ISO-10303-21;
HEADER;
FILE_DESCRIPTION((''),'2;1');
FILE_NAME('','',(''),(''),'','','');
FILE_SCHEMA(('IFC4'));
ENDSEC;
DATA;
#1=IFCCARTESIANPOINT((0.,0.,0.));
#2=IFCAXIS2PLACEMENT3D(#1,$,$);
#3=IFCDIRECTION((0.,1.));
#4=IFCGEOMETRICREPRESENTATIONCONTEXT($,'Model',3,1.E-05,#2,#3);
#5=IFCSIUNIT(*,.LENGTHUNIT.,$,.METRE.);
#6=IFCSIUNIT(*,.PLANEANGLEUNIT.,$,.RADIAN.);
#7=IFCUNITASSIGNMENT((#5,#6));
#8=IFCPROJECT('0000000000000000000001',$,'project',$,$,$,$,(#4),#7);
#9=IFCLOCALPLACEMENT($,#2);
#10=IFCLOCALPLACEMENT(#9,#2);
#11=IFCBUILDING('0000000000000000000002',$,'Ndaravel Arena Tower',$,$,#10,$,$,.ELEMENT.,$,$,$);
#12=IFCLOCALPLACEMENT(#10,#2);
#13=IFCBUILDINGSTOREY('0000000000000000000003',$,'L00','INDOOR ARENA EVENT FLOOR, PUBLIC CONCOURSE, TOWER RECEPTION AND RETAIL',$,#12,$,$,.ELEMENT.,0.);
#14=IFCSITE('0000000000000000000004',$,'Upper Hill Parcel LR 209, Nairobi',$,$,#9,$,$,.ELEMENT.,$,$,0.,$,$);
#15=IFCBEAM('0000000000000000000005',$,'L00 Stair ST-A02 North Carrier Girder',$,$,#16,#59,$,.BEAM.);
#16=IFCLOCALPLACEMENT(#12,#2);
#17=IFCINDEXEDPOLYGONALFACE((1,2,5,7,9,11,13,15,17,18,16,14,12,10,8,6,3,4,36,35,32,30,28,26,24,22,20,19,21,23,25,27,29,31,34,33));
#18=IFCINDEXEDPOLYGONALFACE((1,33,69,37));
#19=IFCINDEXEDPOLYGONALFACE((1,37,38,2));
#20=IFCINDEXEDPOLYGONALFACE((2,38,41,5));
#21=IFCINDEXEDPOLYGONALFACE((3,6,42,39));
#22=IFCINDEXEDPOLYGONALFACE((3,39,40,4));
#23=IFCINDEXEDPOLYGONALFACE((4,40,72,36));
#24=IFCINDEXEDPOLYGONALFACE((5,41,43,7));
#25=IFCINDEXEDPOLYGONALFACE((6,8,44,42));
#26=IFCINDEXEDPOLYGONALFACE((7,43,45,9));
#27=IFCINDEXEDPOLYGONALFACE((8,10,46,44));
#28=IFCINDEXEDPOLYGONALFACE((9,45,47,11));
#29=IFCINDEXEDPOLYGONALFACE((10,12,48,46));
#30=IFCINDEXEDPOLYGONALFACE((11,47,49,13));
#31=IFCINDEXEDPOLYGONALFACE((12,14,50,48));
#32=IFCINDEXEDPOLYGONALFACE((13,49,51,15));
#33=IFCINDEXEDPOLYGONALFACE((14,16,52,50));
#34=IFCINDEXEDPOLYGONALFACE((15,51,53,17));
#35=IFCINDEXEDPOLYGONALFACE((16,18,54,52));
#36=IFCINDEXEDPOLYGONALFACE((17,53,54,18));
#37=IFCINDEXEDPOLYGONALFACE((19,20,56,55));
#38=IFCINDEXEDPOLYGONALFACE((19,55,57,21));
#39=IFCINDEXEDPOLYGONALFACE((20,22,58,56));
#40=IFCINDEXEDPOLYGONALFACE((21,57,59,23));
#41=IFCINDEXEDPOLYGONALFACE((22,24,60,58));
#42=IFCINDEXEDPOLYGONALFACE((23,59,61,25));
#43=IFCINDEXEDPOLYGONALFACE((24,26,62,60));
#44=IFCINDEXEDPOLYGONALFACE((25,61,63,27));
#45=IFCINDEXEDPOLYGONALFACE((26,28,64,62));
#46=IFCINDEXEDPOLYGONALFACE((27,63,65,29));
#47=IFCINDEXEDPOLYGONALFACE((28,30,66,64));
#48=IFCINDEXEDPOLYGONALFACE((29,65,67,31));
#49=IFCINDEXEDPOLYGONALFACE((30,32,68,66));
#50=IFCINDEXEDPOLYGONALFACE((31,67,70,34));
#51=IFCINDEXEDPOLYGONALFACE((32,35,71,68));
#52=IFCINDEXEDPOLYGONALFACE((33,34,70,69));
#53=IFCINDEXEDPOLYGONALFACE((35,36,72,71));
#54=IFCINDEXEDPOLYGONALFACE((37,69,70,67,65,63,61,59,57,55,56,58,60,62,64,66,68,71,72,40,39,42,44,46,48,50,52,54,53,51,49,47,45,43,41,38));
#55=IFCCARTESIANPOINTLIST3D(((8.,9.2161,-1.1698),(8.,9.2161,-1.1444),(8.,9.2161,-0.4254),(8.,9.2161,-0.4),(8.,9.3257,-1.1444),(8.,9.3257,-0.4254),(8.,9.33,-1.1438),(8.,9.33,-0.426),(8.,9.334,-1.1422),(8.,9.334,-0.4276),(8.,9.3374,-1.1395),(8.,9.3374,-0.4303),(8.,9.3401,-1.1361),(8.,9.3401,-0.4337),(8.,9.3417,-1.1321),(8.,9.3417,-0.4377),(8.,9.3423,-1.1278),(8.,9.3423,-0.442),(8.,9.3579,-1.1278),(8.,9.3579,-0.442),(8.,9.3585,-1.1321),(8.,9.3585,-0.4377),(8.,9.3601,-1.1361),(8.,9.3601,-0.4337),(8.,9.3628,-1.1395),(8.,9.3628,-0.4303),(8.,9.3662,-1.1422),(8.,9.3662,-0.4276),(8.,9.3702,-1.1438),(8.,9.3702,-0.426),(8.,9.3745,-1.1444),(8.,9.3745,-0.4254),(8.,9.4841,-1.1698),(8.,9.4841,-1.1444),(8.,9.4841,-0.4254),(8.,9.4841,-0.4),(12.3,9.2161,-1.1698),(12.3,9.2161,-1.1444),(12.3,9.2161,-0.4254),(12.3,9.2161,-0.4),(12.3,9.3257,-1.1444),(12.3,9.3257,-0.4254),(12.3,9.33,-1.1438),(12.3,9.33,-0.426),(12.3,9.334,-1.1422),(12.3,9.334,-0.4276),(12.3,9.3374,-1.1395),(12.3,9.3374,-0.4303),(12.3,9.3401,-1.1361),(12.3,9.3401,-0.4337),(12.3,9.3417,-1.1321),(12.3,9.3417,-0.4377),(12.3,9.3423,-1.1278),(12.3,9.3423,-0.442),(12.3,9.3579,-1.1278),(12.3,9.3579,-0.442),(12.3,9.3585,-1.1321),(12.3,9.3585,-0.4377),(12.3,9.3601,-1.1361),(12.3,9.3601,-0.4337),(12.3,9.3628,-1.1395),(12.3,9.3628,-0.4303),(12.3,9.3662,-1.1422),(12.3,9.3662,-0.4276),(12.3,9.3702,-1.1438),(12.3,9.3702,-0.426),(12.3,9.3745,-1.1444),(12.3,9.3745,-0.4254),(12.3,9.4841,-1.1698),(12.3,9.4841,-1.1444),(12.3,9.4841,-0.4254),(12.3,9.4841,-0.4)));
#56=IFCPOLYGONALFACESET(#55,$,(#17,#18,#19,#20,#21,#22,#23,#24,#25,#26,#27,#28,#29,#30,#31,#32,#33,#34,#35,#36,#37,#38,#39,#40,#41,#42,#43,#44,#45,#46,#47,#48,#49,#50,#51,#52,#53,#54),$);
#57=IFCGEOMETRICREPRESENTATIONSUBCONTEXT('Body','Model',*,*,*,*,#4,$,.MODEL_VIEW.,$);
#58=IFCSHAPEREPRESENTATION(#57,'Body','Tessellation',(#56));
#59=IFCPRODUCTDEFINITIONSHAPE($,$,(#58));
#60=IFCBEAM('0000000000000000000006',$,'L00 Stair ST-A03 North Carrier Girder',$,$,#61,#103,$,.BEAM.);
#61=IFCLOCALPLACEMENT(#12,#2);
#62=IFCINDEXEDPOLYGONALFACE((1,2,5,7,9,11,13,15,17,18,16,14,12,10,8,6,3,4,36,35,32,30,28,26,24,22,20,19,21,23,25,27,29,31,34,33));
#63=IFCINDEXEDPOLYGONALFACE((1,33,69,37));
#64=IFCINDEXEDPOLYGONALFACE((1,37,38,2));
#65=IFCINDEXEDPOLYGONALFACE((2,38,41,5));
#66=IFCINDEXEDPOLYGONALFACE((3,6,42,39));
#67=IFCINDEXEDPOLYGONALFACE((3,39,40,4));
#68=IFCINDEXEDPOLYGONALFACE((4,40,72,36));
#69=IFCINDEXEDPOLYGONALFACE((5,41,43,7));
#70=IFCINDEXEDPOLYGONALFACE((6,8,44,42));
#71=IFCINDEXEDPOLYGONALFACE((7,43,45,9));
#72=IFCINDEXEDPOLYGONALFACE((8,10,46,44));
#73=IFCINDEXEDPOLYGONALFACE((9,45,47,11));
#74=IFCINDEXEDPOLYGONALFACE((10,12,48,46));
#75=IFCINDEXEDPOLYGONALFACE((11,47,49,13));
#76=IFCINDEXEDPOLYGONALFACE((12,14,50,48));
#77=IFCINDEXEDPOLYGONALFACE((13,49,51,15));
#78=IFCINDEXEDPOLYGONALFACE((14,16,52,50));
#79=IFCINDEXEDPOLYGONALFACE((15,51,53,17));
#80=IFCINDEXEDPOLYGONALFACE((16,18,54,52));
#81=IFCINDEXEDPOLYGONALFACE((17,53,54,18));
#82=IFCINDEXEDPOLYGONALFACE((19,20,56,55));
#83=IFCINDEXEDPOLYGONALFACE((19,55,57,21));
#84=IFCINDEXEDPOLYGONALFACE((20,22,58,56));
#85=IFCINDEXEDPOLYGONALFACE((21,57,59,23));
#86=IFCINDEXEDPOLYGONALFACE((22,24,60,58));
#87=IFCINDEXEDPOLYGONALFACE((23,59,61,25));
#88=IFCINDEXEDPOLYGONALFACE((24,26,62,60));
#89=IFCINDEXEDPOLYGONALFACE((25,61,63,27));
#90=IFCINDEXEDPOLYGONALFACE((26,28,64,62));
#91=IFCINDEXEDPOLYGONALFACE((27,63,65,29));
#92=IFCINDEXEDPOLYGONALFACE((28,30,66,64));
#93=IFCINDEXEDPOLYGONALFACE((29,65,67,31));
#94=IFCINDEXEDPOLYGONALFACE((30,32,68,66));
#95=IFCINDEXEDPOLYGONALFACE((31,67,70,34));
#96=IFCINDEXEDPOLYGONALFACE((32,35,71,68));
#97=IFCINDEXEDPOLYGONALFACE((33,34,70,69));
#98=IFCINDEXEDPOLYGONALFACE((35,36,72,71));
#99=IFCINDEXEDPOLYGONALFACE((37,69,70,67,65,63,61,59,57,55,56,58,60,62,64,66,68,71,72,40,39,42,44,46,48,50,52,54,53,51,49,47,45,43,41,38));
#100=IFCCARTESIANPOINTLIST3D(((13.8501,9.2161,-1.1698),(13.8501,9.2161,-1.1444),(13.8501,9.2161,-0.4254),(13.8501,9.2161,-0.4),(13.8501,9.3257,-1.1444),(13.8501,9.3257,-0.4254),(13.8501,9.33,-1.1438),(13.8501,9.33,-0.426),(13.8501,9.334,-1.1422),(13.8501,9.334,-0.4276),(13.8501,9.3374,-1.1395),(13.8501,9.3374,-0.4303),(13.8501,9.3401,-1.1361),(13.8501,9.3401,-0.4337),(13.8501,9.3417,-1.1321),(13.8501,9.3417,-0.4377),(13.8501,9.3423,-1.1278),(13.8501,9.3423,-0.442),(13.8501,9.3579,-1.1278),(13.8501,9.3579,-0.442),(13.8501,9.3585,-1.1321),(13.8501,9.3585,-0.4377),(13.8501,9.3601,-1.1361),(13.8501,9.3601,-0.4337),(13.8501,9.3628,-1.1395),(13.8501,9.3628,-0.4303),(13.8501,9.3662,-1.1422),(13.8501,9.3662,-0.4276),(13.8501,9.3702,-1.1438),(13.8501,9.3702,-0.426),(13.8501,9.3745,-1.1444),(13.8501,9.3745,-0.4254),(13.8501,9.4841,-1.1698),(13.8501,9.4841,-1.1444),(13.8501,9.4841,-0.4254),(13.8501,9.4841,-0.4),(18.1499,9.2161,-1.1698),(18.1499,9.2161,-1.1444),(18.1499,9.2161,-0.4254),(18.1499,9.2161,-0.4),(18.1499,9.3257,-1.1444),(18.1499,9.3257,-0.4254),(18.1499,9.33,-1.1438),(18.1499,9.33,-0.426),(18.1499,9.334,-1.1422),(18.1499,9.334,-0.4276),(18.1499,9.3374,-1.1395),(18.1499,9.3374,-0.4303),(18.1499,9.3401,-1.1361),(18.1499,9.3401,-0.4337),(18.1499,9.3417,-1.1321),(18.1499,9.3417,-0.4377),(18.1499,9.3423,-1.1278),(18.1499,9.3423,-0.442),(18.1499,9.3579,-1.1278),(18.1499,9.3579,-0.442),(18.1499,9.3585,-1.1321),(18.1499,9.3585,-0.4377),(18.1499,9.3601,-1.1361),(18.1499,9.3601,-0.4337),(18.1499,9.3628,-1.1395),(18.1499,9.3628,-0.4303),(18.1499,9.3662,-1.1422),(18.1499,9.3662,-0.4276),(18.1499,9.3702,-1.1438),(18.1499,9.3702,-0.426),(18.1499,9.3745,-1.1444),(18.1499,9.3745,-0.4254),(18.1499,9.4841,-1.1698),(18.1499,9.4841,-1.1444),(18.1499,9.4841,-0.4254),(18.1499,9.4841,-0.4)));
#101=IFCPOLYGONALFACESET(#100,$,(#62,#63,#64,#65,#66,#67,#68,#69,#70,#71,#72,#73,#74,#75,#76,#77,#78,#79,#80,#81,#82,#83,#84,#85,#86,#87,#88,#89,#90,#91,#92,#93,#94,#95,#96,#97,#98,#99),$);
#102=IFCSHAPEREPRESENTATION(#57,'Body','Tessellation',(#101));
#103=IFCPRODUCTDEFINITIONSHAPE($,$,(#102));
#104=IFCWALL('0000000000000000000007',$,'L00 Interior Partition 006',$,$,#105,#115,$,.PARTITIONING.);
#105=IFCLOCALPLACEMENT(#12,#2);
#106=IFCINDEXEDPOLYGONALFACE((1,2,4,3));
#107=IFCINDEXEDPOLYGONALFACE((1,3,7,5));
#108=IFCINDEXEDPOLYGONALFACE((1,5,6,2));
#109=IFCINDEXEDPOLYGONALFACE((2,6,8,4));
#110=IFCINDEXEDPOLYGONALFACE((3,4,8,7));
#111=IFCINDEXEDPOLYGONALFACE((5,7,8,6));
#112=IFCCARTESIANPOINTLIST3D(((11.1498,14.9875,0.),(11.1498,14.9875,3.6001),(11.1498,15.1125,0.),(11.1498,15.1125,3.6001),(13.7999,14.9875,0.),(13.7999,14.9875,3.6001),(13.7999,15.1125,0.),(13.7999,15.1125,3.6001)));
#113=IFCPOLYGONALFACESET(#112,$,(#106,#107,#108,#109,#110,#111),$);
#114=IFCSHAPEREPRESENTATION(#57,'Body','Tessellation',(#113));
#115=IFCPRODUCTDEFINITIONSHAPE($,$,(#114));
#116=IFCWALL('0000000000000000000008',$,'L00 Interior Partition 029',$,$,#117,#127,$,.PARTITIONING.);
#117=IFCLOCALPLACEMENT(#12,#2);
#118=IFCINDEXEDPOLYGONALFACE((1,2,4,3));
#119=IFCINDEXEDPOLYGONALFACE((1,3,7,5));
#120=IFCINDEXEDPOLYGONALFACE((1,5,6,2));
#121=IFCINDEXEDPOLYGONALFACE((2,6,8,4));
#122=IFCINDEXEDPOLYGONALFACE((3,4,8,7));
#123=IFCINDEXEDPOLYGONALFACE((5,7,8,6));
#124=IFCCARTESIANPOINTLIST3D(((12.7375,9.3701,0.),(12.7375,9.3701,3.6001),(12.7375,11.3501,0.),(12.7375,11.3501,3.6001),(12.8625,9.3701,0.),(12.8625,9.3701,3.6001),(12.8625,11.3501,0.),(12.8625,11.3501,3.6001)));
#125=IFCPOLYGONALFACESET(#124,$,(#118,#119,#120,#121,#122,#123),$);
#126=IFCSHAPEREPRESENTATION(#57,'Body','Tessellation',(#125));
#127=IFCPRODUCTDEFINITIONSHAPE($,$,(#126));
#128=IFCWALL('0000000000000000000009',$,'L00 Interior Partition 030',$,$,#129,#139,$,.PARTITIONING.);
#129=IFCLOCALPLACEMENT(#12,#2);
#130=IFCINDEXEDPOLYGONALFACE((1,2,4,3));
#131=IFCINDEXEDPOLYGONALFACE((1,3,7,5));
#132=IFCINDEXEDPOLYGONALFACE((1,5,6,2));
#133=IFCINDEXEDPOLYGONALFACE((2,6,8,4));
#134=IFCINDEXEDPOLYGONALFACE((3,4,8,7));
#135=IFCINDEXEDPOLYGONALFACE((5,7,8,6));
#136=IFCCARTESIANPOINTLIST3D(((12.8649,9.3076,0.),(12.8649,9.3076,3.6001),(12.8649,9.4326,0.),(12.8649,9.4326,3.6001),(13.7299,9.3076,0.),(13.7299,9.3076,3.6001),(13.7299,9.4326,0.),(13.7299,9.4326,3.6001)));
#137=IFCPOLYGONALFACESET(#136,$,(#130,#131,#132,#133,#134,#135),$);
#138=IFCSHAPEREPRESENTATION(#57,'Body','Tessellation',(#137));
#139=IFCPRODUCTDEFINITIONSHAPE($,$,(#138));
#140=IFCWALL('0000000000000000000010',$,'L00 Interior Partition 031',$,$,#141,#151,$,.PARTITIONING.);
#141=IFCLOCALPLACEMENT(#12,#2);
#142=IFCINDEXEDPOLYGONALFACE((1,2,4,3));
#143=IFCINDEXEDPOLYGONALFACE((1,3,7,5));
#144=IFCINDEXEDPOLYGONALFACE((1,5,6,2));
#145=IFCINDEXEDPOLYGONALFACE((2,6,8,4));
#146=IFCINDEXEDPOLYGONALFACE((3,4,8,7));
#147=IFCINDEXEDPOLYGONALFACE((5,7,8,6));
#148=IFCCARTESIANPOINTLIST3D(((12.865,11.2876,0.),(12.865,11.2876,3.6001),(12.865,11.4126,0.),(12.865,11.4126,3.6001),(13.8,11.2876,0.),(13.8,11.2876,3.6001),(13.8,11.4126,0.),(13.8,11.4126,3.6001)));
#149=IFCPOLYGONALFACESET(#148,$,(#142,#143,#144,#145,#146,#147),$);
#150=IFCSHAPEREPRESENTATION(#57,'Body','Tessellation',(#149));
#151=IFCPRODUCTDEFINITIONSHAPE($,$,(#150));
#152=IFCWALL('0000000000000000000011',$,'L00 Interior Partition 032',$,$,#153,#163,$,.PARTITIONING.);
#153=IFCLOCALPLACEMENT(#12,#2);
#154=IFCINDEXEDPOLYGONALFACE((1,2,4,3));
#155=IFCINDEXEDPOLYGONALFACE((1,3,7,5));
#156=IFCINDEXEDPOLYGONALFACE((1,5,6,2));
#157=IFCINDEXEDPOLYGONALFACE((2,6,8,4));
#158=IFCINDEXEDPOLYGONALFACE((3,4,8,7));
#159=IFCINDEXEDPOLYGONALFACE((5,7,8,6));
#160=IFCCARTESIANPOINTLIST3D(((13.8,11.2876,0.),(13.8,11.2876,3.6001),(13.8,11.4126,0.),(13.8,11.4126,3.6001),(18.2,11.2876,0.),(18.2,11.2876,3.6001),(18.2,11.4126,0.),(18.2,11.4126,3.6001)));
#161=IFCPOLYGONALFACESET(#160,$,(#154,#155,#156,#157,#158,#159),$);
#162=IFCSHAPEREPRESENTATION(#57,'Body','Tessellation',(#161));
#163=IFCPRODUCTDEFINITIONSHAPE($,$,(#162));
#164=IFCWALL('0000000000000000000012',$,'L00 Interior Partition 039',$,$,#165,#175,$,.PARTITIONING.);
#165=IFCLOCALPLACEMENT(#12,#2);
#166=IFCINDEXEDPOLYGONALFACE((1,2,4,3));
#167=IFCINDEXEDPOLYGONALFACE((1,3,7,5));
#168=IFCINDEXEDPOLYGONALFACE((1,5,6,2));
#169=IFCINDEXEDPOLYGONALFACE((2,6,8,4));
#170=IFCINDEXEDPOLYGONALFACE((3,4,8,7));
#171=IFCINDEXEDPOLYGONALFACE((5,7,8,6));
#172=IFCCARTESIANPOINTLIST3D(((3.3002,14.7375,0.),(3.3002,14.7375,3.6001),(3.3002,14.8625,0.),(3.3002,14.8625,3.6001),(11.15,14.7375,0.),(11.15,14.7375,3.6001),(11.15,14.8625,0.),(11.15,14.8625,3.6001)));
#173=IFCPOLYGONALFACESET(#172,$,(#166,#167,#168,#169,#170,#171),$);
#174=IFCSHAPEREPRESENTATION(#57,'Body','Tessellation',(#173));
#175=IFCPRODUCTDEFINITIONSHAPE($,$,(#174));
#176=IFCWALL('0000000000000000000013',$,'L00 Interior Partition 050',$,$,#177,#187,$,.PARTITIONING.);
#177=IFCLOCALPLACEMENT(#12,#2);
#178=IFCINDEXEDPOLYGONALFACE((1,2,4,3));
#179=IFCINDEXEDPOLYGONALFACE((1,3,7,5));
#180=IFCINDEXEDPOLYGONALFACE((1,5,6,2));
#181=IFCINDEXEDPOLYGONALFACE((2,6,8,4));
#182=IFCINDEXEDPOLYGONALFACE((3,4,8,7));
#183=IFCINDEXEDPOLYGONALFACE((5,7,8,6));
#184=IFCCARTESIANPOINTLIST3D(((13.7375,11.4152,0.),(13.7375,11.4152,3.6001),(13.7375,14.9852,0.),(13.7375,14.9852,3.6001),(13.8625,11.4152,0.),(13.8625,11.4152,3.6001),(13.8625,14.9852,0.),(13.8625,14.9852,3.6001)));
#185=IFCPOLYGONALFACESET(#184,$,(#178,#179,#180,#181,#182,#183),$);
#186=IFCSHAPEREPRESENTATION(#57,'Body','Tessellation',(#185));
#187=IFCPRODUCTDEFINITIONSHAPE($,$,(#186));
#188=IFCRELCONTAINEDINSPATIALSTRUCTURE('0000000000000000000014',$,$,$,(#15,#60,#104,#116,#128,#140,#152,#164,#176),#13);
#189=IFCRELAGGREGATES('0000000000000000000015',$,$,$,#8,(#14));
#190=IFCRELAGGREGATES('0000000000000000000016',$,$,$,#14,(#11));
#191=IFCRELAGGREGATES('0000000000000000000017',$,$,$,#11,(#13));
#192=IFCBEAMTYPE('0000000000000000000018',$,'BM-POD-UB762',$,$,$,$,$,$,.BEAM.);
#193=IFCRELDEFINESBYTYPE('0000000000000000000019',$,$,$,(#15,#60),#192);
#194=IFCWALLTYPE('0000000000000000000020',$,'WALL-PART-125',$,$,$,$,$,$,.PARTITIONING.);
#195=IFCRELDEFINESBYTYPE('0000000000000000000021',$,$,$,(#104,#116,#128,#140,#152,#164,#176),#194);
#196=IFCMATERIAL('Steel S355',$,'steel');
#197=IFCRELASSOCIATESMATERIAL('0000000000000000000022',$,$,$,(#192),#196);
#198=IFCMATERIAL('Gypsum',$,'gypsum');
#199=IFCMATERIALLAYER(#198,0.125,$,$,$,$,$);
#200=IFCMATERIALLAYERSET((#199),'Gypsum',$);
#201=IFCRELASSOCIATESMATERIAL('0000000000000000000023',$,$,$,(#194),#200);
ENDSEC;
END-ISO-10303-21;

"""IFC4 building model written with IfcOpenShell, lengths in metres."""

from ifc_helpers import new_model, si_unit, direction, frame, frame_2d, origin, origin_2d, place, context, subcontext, project, spatial, rectangle, i_section, extrude, material, layer, layer_set, material_profile, profile_set, type_object, element, save


model = new_model("IFC4")

# Units and contexts
model_context = context("Model", 3, precision=1e-05, world=origin(), true_north=direction((0.0, 1.0)))
body_context = subcontext(model_context, "Body", "Model", "MODEL_VIEW")
ifc_project = project(units=[si_unit("LENGTHUNIT", "METRE"), si_unit("PLANEANGLEUNIT", "RADIAN")], contexts=[model_context])

# Site, building, storey
site_placement = place(None, origin())
site = spatial("IfcSite", under=ifc_project, at=site_placement, Name="Upper Hill Parcel LR 209, Nairobi", CompositionType="ELEMENT", RefElevation=0.0)
building_placement = place(site_placement, origin())
building = spatial("IfcBuilding", under=site, at=building_placement, Name="Ndaravel Arena Tower", CompositionType="ELEMENT")
storey_placement = place(building_placement, origin())
storey = spatial("IfcBuildingStorey", under=building, at=storey_placement, Name="L00", Description="INDOOR ARENA EVENT FLOOR, PUBLIC CONCOURSE, TOWER RECEPTION AND RETAIL", CompositionType="ELEMENT", Elevation=0.0)

# Beams
ifc_material_1 = material(Name="Steel S355", Category="steel")
ifc_material_profile = material_profile(ifc_material_1, i_section(OverallWidth=0.2681, OverallDepth=0.7698, WebThickness=0.0156, FlangeThickness=0.0254, FilletRadius=0.0166, at=origin_2d()), Name="UB 762x267x197")
ifc_profile_set = profile_set([ifc_material_profile], Name="Steel S355")
beam_type = type_object("IfcBeamType", Name="BM-POD-UB762", PredefinedType="BEAM", material=ifc_profile_set)
beam_1_placement = place(storey_placement, frame((8.0, 9.3501, -0.7849), z_axis=(1.0, 0.0, 0.0), x_axis=(0.0, 1.0, 0.0)))
element("IfcBeam", 1, at=beam_1_placement, inside=storey, type_object=beam_type, Name="L00 Stair ST-A02 North Carrier Girder", PredefinedType="BEAM", context=body_context, shape_type="SweptSolid", body=[
    extrude(i_section(OverallWidth=0.2681, OverallDepth=0.7698, WebThickness=0.0156, FlangeThickness=0.0254, FilletRadius=0.0166, at=origin_2d()), origin(), (0.0, 0.0, 1.0), 4.3),
])
beam_2_placement = place(storey_placement, frame((13.8501, 9.3501, -0.7849), z_axis=(1.0, 0.0, 0.0), x_axis=(0.0, 1.0, 0.0)))
element("IfcBeam", 2, at=beam_2_placement, inside=storey, type_object=beam_type, Name="L00 Stair ST-A03 North Carrier Girder", PredefinedType="BEAM", context=body_context, shape_type="SweptSolid", body=[
    extrude(i_section(OverallWidth=0.2681, OverallDepth=0.7698, WebThickness=0.0156, FlangeThickness=0.0254, FilletRadius=0.0166, at=origin_2d()), origin(), (0.0, 0.0, 1.0), 4.2998),
])

# Walls
ifc_material_2 = material(Name="Gypsum", Category="gypsum")
ifc_layer_1 = layer(ifc_material_2, 0.125)
ifc_layer_set_1 = layer_set([ifc_layer_1], Name="Gypsum")
wall_type_1 = type_object("IfcWallType", Name="WALL-PART-125", PredefinedType="PARTITIONING", material=ifc_layer_set_1)
wall_1_placement = place(storey_placement, frame((13.8, 15.05, 0.0), z_axis=(0.0, 0.0, 1.0), x_axis=(-1.0, 0.0, 0.0)))
element("IfcWall", 3, at=wall_1_placement, inside=storey, type_object=wall_type_1, Name="L00 Interior Partition 006", PredefinedType="PARTITIONING", context=body_context, shape_type="SweptSolid", body=[
    extrude(rectangle(XDim=2.6501, YDim=0.125, at=frame_2d((1.3252, 0.0))), origin(), (0.0, 0.0, 1.0), 3.6001),
])
wall_2_placement = place(storey_placement, frame((12.8, 11.3501, 0.0), z_axis=(0.0, 0.0, 1.0), x_axis=(0.0, -1.0, 0.0)))
element("IfcWall", 4, at=wall_2_placement, inside=storey, type_object=wall_type_1, Name="L00 Interior Partition 029", PredefinedType="PARTITIONING", context=body_context, shape_type="SweptSolid", body=[
    extrude(rectangle(XDim=1.98, YDim=0.125, at=frame_2d((0.99, 0.0))), origin(), (0.0, 0.0, 1.0), 3.6001),
])
wall_3_placement = place(storey_placement, frame((13.73, 9.3701, 0.0), z_axis=(0.0, 0.0, 1.0), x_axis=(-1.0, 0.0, 0.0)))
element("IfcWall", 5, at=wall_3_placement, inside=storey, type_object=wall_type_1, Name="L00 Interior Partition 030", PredefinedType="PARTITIONING", context=body_context, shape_type="SweptSolid", body=[
    extrude(rectangle(XDim=0.865, YDim=0.125, at=frame_2d((0.4326, 0.0))), origin(), (0.0, 0.0, 1.0), 3.6001),
])
wall_4_placement = place(storey_placement, frame((12.865, 11.3501, 0.0), z_axis=(0.0, 0.0, 1.0), x_axis=(1.0, 0.0, 0.0)))
element("IfcWall", 6, at=wall_4_placement, inside=storey, type_object=wall_type_1, Name="L00 Interior Partition 031", PredefinedType="PARTITIONING", context=body_context, shape_type="SweptSolid", body=[
    extrude(rectangle(XDim=0.9351, YDim=0.125, at=frame_2d((0.4675, 0.0))), origin(), (0.0, 0.0, 1.0), 3.6001),
])
wall_5_placement = place(storey_placement, frame((13.8, 11.3501, 0.0), z_axis=(0.0, 0.0, 1.0), x_axis=(1.0, 0.0, 0.0)))
element("IfcWall", 7, at=wall_5_placement, inside=storey, type_object=wall_type_1, Name="L00 Interior Partition 032", PredefinedType="PARTITIONING", context=body_context, shape_type="SweptSolid", body=[
    extrude(rectangle(XDim=4.3999, YDim=0.125, at=frame_2d((2.2, 0.0))), origin(), (0.0, 0.0, 1.0), 3.6001),
])
wall_6_placement = place(storey_placement, frame((11.1499, 14.8, 0.0), z_axis=(0.0, 0.0, 1.0), x_axis=(-1.0, 0.0, 0.0)))
element("IfcWall", 8, at=wall_6_placement, inside=storey, type_object=wall_type_1, Name="L00 Interior Partition 039", PredefinedType="PARTITIONING", context=body_context, shape_type="SweptSolid", body=[
    extrude(rectangle(XDim=7.8499, YDim=0.125, at=frame_2d((3.9248, 0.0))), origin(), (0.0, 0.0, 1.0), 3.6001),
])
wall_7_placement = place(storey_placement, frame((13.8, 11.415, 0.0), z_axis=(0.0, 0.0, 1.0), x_axis=(0.0, 1.0, 0.0)))
element("IfcWall", 9, at=wall_7_placement, inside=storey, type_object=wall_type_1, Name="L00 Interior Partition 050", PredefinedType="PARTITIONING", context=body_context, shape_type="SweptSolid", body=[
    extrude(rectangle(XDim=3.5701, YDim=0.125, at=frame_2d((1.7852, 0.0))), origin(), (0.0, 0.0, 1.0), 3.6001),
])

save(model, "model.ifc")
